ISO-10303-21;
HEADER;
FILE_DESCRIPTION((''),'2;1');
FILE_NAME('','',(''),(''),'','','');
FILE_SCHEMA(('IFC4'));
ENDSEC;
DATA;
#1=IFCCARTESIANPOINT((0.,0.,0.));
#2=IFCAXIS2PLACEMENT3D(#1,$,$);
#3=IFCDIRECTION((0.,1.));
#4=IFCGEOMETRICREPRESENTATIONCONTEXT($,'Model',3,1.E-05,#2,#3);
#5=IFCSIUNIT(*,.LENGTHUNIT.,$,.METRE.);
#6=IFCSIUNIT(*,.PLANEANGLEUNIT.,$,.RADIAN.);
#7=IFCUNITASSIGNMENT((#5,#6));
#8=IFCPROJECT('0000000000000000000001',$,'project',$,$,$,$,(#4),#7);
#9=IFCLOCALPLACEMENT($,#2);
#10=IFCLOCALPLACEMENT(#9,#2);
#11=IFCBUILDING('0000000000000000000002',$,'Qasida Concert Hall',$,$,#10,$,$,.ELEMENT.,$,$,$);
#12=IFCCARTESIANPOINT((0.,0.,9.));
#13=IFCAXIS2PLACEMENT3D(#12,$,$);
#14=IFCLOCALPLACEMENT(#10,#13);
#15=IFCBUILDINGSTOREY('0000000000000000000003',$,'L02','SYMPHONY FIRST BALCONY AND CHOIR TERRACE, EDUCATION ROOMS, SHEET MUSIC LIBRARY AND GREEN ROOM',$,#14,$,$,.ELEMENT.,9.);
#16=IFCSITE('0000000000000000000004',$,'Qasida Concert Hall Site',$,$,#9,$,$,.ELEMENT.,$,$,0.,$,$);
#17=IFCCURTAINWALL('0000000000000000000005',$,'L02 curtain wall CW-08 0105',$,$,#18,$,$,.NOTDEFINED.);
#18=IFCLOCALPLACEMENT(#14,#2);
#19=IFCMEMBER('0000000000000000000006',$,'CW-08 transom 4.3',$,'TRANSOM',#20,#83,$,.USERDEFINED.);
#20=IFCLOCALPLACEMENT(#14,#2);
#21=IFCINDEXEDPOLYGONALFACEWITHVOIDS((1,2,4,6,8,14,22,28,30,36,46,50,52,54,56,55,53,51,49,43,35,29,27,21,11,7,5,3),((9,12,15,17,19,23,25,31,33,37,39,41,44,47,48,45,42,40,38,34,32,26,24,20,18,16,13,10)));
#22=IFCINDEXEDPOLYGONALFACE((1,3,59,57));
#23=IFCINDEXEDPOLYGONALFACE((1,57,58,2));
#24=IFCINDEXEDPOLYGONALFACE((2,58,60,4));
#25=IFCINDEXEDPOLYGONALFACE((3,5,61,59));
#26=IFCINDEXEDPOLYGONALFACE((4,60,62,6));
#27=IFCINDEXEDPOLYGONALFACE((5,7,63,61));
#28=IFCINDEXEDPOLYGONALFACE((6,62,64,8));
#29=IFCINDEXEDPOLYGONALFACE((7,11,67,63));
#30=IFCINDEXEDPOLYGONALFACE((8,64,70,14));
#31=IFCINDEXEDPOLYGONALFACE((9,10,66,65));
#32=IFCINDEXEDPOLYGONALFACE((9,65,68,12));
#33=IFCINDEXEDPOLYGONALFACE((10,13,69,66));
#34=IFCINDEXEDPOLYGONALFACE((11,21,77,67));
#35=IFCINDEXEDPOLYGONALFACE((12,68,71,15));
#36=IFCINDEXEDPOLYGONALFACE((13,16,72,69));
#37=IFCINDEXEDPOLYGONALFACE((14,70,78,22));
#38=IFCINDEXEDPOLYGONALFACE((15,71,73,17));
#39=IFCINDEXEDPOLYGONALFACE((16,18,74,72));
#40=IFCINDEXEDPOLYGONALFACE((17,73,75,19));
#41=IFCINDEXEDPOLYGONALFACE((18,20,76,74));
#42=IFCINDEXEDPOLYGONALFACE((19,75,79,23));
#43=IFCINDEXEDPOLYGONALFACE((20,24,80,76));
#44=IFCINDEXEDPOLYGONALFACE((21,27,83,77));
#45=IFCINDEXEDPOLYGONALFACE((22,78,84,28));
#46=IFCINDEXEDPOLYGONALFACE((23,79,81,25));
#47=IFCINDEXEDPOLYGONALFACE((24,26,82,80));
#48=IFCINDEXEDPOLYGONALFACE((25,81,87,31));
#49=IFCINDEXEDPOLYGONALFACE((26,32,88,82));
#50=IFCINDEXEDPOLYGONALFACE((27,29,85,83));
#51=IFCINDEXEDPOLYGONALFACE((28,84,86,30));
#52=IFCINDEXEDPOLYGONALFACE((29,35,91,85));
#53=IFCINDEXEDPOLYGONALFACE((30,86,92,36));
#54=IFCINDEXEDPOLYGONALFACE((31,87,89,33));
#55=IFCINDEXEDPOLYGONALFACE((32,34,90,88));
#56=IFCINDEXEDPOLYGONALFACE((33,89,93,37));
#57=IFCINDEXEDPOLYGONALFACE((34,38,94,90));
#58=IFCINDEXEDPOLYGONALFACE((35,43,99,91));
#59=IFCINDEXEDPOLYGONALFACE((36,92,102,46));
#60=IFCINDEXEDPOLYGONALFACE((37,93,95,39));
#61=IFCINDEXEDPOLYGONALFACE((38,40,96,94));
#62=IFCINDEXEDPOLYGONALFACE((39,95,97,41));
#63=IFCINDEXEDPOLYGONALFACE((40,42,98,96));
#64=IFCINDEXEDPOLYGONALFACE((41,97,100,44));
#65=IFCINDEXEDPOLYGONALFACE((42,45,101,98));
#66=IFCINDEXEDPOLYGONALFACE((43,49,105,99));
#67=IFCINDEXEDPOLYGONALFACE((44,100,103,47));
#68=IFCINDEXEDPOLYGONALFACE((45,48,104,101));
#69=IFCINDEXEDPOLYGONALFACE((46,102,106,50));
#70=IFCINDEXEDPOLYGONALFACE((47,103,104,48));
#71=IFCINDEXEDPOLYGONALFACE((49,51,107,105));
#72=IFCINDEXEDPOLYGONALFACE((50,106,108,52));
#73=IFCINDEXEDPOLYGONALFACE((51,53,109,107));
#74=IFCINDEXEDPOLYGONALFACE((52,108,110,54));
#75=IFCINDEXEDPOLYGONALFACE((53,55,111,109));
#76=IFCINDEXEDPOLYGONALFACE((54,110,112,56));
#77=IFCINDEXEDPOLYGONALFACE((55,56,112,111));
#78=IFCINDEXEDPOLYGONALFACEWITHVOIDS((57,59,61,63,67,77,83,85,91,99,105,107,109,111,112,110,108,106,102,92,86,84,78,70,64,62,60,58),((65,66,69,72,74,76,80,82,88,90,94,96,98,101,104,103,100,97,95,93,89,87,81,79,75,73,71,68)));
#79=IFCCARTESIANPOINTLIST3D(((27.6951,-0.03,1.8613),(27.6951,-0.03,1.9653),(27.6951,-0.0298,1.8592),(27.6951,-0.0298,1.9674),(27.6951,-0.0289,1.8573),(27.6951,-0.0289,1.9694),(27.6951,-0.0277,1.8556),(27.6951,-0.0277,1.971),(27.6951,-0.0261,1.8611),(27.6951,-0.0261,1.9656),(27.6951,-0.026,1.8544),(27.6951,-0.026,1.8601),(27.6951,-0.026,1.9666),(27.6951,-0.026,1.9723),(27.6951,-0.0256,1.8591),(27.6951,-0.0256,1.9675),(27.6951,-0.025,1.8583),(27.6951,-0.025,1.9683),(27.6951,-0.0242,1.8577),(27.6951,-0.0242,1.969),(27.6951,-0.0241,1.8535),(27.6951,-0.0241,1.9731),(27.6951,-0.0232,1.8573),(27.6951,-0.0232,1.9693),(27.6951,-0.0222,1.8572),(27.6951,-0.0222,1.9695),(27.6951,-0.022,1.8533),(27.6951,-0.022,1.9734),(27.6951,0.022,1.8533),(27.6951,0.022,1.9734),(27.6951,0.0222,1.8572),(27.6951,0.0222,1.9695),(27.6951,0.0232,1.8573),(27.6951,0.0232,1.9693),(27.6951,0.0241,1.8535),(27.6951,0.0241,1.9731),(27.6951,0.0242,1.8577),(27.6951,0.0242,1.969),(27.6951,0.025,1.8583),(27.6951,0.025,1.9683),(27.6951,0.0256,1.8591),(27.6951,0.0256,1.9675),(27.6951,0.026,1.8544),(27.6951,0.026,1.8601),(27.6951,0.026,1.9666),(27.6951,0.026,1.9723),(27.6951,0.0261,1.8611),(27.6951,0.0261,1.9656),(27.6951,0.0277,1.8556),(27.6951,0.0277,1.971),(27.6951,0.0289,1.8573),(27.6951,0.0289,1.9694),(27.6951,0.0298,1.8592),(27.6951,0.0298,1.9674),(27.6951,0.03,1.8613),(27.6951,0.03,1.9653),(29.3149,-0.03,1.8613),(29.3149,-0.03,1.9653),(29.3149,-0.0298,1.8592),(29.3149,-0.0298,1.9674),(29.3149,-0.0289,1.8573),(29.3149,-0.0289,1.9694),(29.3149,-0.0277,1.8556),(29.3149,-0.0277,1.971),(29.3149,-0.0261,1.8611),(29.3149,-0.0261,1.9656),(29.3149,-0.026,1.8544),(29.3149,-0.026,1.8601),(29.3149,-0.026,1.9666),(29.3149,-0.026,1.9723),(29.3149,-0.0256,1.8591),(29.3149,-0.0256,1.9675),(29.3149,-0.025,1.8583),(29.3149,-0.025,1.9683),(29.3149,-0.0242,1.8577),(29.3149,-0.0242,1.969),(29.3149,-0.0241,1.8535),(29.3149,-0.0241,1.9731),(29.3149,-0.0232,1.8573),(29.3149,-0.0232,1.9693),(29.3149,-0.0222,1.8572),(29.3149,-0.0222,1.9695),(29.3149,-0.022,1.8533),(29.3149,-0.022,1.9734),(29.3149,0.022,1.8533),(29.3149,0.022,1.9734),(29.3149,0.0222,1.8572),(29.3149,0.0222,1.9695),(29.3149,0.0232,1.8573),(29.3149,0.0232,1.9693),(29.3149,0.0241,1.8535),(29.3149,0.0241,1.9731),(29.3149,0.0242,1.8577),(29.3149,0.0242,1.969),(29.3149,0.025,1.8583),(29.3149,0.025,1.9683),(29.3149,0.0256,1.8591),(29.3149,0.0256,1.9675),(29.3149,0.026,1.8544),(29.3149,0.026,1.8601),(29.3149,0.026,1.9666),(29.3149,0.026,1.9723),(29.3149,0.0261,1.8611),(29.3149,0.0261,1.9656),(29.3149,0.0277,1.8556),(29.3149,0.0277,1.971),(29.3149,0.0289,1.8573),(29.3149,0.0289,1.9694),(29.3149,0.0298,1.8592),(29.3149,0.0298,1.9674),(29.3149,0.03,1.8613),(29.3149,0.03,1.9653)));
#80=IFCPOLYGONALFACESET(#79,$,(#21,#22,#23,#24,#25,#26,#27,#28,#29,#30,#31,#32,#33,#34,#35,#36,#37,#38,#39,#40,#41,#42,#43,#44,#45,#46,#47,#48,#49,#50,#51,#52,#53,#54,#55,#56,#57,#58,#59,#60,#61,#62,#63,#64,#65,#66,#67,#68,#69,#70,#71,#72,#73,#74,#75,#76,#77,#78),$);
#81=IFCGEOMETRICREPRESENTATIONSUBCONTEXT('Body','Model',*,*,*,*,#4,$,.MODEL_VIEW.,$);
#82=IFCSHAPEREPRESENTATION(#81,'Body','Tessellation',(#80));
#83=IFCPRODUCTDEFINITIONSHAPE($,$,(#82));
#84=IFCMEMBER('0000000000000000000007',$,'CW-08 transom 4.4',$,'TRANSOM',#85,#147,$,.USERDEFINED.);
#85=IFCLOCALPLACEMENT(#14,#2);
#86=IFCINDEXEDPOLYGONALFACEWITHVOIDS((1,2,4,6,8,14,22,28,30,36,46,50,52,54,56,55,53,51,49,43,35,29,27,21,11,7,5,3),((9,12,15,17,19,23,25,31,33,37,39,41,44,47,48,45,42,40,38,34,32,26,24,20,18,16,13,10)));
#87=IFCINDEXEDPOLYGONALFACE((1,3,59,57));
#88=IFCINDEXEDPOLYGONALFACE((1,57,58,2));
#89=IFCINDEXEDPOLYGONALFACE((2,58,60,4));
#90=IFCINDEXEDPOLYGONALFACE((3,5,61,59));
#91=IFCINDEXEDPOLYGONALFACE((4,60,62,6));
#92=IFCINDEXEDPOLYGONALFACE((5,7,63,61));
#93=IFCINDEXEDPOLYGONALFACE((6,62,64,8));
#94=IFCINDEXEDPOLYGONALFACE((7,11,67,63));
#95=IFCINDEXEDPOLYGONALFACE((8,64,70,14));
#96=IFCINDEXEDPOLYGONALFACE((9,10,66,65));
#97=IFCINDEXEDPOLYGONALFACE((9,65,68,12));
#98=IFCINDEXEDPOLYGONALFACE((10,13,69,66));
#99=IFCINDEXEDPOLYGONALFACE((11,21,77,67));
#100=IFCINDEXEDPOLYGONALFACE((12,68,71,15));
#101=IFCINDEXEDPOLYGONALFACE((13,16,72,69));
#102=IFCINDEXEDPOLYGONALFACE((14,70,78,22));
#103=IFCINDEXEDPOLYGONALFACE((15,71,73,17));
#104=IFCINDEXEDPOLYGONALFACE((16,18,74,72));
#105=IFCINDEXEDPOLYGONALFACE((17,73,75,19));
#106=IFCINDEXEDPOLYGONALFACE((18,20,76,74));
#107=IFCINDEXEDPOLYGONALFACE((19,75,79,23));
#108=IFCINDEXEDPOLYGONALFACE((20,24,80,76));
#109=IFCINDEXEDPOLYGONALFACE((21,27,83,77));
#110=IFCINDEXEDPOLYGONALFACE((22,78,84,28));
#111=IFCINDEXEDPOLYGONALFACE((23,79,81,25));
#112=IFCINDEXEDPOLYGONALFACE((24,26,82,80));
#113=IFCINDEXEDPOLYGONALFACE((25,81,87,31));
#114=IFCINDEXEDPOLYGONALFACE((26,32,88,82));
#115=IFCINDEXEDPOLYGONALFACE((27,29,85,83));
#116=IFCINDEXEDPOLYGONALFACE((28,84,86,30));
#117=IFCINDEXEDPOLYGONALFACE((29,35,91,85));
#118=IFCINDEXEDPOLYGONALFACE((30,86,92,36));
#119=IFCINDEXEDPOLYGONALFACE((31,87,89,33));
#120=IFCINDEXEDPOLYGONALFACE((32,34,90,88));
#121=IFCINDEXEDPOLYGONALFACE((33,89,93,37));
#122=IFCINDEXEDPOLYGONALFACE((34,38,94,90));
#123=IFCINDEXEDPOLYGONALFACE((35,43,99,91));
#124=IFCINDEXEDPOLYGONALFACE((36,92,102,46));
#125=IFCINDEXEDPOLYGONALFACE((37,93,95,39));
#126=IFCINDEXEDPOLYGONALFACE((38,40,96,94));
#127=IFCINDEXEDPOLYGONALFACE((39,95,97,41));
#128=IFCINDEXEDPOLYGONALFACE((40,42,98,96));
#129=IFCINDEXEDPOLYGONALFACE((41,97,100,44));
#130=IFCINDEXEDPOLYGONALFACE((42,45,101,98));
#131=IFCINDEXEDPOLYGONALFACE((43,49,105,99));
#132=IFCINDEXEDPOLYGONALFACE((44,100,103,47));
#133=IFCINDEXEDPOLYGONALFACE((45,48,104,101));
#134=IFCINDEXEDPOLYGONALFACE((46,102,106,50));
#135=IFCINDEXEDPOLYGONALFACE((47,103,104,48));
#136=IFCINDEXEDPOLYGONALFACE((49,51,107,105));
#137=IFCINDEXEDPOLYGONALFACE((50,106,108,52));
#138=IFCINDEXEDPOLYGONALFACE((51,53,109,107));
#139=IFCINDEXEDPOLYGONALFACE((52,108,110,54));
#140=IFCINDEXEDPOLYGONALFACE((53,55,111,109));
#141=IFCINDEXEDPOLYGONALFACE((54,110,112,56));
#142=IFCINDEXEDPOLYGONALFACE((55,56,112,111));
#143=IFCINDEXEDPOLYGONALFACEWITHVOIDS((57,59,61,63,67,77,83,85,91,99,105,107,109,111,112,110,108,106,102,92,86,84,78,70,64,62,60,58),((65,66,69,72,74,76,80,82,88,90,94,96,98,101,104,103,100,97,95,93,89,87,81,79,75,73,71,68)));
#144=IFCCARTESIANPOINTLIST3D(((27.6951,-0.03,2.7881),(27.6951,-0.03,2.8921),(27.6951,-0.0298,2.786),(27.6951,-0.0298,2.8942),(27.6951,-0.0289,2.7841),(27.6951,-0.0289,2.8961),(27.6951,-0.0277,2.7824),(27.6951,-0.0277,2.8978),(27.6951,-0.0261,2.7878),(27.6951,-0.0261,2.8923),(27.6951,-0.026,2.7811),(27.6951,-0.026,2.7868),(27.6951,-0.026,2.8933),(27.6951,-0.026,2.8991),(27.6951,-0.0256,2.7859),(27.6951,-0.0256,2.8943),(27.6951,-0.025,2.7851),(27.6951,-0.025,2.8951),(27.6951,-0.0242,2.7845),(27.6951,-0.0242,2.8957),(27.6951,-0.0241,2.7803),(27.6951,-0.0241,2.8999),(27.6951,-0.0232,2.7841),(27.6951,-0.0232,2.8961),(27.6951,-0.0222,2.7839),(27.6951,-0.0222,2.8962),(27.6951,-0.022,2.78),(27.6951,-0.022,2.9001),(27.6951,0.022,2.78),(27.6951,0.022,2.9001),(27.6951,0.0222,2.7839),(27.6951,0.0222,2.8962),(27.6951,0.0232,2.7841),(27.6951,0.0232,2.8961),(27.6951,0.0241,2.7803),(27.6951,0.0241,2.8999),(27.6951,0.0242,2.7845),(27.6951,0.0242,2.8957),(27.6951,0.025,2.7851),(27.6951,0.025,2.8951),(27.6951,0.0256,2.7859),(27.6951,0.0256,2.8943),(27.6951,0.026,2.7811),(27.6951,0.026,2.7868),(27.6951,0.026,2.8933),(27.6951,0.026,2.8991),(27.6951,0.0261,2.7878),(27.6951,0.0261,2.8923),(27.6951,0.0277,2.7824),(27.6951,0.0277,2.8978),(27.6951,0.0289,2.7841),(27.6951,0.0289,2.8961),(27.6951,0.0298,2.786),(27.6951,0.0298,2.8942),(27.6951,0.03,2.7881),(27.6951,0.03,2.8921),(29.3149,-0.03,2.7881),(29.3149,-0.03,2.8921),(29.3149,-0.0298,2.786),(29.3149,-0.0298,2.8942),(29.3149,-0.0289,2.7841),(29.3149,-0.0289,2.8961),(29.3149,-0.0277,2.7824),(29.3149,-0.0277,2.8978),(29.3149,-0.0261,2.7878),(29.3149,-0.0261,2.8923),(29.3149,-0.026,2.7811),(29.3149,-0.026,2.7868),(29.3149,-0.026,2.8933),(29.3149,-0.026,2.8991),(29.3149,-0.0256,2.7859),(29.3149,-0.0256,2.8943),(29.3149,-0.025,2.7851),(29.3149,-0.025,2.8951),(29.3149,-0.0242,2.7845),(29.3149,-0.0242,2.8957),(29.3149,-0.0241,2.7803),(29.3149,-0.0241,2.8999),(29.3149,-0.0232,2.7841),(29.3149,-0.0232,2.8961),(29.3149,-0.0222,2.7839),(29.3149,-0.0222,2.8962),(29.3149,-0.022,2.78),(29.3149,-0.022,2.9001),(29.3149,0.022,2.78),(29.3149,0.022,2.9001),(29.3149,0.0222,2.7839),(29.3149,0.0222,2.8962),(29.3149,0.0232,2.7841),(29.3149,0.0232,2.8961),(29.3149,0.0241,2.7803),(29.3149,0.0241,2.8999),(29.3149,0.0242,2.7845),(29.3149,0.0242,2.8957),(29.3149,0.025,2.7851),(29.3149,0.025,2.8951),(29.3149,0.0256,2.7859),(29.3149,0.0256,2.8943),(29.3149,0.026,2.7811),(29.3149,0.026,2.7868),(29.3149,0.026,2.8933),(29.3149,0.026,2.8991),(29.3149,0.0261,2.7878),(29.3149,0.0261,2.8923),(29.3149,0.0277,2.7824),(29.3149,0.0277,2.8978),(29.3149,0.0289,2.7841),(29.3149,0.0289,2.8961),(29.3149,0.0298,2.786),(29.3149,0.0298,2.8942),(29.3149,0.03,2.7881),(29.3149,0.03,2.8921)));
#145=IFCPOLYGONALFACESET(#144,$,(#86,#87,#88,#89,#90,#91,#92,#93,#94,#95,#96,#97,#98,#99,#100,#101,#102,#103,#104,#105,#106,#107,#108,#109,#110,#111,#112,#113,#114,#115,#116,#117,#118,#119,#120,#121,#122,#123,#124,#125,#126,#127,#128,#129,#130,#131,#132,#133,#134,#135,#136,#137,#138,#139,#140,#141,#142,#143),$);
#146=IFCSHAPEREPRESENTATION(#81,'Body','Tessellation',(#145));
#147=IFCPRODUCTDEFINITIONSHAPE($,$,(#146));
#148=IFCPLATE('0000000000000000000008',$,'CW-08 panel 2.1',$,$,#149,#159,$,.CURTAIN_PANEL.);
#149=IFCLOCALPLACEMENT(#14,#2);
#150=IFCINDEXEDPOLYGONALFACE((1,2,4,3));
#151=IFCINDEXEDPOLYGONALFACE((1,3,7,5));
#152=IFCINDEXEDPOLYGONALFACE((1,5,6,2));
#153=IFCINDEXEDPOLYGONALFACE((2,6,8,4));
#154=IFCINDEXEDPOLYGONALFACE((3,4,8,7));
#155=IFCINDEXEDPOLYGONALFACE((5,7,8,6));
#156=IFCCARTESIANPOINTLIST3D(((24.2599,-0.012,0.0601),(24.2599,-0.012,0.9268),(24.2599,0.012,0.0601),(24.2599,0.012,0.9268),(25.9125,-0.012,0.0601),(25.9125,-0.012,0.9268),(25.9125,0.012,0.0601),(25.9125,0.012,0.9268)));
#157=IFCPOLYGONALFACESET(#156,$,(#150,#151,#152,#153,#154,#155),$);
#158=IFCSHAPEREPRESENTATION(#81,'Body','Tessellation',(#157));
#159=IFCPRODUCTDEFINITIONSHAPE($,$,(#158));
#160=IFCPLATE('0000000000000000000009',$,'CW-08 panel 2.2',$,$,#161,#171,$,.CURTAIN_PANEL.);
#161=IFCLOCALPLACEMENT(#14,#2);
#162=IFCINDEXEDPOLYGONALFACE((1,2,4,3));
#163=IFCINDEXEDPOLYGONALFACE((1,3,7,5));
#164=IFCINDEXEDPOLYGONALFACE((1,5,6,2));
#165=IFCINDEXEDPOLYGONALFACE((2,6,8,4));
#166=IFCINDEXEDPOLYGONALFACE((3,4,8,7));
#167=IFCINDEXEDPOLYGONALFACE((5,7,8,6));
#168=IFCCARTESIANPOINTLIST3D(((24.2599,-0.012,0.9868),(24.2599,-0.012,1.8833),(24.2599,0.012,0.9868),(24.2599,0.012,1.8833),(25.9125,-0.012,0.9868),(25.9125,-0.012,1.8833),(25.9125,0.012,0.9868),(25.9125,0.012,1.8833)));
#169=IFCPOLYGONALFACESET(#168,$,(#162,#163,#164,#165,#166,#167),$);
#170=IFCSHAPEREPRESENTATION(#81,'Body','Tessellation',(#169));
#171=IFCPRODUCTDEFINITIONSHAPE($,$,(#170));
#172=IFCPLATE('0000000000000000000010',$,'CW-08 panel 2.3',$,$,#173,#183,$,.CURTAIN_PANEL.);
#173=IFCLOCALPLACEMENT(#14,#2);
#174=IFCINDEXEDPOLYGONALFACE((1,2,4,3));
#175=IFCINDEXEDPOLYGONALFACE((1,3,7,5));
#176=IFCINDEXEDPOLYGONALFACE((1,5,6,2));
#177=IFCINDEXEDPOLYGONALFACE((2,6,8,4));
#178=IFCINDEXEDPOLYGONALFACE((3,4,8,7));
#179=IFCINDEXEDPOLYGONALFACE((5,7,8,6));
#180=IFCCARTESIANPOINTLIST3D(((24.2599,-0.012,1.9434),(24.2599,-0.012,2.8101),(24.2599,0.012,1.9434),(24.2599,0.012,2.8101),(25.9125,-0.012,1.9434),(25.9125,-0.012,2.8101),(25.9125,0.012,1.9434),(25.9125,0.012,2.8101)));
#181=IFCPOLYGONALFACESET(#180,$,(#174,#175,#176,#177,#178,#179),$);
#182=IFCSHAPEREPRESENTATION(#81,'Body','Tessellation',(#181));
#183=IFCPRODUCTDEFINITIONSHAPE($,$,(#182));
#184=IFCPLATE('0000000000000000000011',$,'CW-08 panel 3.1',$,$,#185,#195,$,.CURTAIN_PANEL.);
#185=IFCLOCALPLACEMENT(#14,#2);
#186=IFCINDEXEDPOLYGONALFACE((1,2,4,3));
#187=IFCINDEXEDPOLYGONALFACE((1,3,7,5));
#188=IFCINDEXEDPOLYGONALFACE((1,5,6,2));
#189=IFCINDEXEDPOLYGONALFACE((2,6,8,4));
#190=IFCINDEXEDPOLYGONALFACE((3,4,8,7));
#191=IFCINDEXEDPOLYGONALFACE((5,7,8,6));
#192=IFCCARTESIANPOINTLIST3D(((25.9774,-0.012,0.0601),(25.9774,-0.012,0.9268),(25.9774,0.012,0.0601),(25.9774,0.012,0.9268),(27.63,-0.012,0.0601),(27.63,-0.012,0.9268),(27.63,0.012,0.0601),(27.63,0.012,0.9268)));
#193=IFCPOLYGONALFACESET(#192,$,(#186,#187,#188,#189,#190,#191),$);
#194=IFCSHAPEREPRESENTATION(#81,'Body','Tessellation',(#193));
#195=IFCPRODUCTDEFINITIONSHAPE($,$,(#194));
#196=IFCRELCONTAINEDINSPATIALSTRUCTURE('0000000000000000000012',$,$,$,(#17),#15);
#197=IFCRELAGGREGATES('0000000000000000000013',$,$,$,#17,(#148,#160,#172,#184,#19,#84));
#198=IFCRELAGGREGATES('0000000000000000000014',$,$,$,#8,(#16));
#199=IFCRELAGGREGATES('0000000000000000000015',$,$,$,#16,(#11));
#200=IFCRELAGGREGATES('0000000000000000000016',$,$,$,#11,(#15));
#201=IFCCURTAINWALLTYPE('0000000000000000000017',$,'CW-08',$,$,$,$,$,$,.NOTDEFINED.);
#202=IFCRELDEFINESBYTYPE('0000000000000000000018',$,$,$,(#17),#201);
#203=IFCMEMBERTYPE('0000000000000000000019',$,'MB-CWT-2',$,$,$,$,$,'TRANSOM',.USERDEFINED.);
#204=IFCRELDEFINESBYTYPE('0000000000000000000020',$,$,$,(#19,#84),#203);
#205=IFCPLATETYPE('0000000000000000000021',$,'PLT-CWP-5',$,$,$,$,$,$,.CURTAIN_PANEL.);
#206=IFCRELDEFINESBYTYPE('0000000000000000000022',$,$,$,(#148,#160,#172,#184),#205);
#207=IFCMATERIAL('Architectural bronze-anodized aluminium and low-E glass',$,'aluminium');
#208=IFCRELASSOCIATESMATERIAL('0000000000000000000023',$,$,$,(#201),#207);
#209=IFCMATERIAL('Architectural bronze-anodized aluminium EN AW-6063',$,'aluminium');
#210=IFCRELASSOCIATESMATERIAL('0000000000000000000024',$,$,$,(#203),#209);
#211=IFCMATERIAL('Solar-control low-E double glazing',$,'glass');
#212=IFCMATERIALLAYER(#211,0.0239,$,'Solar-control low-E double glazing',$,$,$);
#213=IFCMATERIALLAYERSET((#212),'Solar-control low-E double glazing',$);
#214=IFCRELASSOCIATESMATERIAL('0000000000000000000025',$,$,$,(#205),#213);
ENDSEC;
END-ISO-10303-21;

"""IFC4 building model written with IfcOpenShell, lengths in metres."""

from ifc_helpers import new_model, si_unit, direction, frame, origin, origin_2d, place, context, subcontext, project, spatial, rectangle, hollow_rectangle, extrude, material, layer, layer_set, material_profile, profile_set, type_object, element, aggregate, save


model = new_model("IFC4")

# Units and contexts
model_context = context("Model", 3, precision=1e-05, world=origin(), true_north=direction((0.0, 1.0)))
body_context = subcontext(model_context, "Body", "Model", "MODEL_VIEW")
ifc_project = project(units=[si_unit("LENGTHUNIT", "METRE"), si_unit("PLANEANGLEUNIT", "RADIAN")], contexts=[model_context])

# Site, building, storey
site_placement = place(None, origin())
site = spatial("IfcSite", under=ifc_project, at=site_placement, Name="Qasida Concert Hall Site", CompositionType="ELEMENT", RefElevation=0.0)
building_placement = place(site_placement, origin())
building = spatial("IfcBuilding", under=site, at=building_placement, Name="Qasida Concert Hall", CompositionType="ELEMENT")
storey_placement = place(building_placement, frame((0.0, 0.0, 9.0)))
storey = spatial("IfcBuildingStorey", under=building, at=storey_placement, Name="L02", Description="SYMPHONY FIRST BALCONY AND CHOIR TERRACE, EDUCATION ROOMS, SHEET MUSIC LIBRARY AND GREEN ROOM", CompositionType="ELEMENT", Elevation=9.0)

# Curtain wall, members, plates
ifc_material_1 = material(Name="Architectural bronze-anodized aluminium and low-E glass", Category="aluminium")
curtain_wall_type = type_object("IfcCurtainWallType", Name="CW-08", PredefinedType="NOTDEFINED", material=ifc_material_1)
curtain_wall_placement = place(storey_placement, origin())
curtain_wall = element("IfcCurtainWall", 1, at=curtain_wall_placement, inside=storey, type_object=curtain_wall_type, Name="L02 curtain wall CW-08 0105", PredefinedType="NOTDEFINED")
ifc_material_2 = material(Name="Architectural bronze-anodized aluminium EN AW-6063", Category="aluminium")
ifc_material_profile_1 = material_profile(ifc_material_2, hollow_rectangle(XDim=0.0601, YDim=0.1201, WallThickness=0.0039, InnerFilletRadius=0.0039, OuterFilletRadius=0.0081, at=origin_2d()), Name="CWT 120x60x4")
ifc_profile_set_1 = profile_set([ifc_material_profile_1], Name="Architectural bronze-anodized aluminium EN AW-6063")
member_type_1 = type_object("IfcMemberType", Name="MB-CWT-2", ElementType="TRANSOM", PredefinedType="USERDEFINED", material=ifc_profile_set_1)
member_1_placement = place(storey_placement, frame((27.6951, 0.0, 1.9133), z_axis=(1.0, 0.0, 0.0), x_axis=(0.0, 1.0, 0.0)))
member_1 = element("IfcMember", 2, at=member_1_placement, type_object=member_type_1, Name="CW-08 transom 4.3", ObjectType="TRANSOM", PredefinedType="USERDEFINED", context=body_context, shape_type="SweptSolid", body=[
    extrude(hollow_rectangle(XDim=0.0601, YDim=0.1201, WallThickness=0.0039, InnerFilletRadius=0.0039, OuterFilletRadius=0.0081, at=origin_2d()), origin(), (0.0, 0.0, 1.0), 1.6199),
])
member_2_placement = place(storey_placement, frame((27.6951, 0.0, 2.8401), z_axis=(1.0, 0.0, 0.0), x_axis=(0.0, 1.0, 0.0)))
member_2 = element("IfcMember", 3, at=member_2_placement, type_object=member_type_1, Name="CW-08 transom 4.4", ObjectType="TRANSOM", PredefinedType="USERDEFINED", context=body_context, shape_type="SweptSolid", body=[
    extrude(hollow_rectangle(XDim=0.0601, YDim=0.1201, WallThickness=0.0039, InnerFilletRadius=0.0039, OuterFilletRadius=0.0081, at=origin_2d()), origin(), (0.0, 0.0, 1.0), 1.6199),
])
ifc_material_3 = material(Name="Solar-control low-E double glazing", Category="glass")
ifc_layer_1 = layer(ifc_material_3, 0.0239, Name="Solar-control low-E double glazing")
ifc_layer_set_1 = layer_set([ifc_layer_1], Name="Solar-control low-E double glazing")
plate_type = type_object("IfcPlateType", Name="PLT-CWP-5", PredefinedType="CURTAIN_PANEL", material=ifc_layer_set_1)
plate_1_placement = place(storey_placement, frame((25.0862, 0.0, 0.0601), z_axis=(0.0, 0.0, 1.0), x_axis=(1.0, 0.0, 0.0)))
plate_1 = element("IfcPlate", 4, at=plate_1_placement, type_object=plate_type, Name="CW-08 panel 2.1", PredefinedType="CURTAIN_PANEL", context=body_context, shape_type="SweptSolid", body=[
    extrude(rectangle(XDim=1.6526, YDim=0.0239, at=origin_2d()), origin(), (0.0, 0.0, 1.0), 0.8667),
])
plate_2_placement = place(storey_placement, frame((25.0862, 0.0, 0.9868), z_axis=(0.0, 0.0, 1.0), x_axis=(1.0, 0.0, 0.0)))
plate_2 = element("IfcPlate", 5, at=plate_2_placement, type_object=plate_type, Name="CW-08 panel 2.2", PredefinedType="CURTAIN_PANEL", context=body_context, shape_type="SweptSolid", body=[
    extrude(rectangle(XDim=1.6526, YDim=0.0239, at=origin_2d()), origin(), (0.0, 0.0, 1.0), 0.8965),
])
plate_3_placement = place(storey_placement, frame((25.0862, 0.0, 1.9434), z_axis=(0.0, 0.0, 1.0), x_axis=(1.0, 0.0, 0.0)))
plate_3 = element("IfcPlate", 6, at=plate_3_placement, type_object=plate_type, Name="CW-08 panel 2.3", PredefinedType="CURTAIN_PANEL", context=body_context, shape_type="SweptSolid", body=[
    extrude(rectangle(XDim=1.6526, YDim=0.0239, at=origin_2d()), origin(), (0.0, 0.0, 1.0), 0.8667),
])
plate_4_placement = place(storey_placement, frame((26.8037, 0.0, 0.0601), z_axis=(0.0, 0.0, 1.0), x_axis=(1.0, 0.0, 0.0)))
plate_4 = element("IfcPlate", 7, at=plate_4_placement, type_object=plate_type, Name="CW-08 panel 3.1", PredefinedType="CURTAIN_PANEL", context=body_context, shape_type="SweptSolid", body=[
    extrude(rectangle(XDim=1.6526, YDim=0.0239, at=origin_2d()), origin(), (0.0, 0.0, 1.0), 0.8667),
])
aggregate(curtain_wall, [plate_1, plate_2, plate_3, plate_4, member_1, member_2])

save(model, "model.ifc")
